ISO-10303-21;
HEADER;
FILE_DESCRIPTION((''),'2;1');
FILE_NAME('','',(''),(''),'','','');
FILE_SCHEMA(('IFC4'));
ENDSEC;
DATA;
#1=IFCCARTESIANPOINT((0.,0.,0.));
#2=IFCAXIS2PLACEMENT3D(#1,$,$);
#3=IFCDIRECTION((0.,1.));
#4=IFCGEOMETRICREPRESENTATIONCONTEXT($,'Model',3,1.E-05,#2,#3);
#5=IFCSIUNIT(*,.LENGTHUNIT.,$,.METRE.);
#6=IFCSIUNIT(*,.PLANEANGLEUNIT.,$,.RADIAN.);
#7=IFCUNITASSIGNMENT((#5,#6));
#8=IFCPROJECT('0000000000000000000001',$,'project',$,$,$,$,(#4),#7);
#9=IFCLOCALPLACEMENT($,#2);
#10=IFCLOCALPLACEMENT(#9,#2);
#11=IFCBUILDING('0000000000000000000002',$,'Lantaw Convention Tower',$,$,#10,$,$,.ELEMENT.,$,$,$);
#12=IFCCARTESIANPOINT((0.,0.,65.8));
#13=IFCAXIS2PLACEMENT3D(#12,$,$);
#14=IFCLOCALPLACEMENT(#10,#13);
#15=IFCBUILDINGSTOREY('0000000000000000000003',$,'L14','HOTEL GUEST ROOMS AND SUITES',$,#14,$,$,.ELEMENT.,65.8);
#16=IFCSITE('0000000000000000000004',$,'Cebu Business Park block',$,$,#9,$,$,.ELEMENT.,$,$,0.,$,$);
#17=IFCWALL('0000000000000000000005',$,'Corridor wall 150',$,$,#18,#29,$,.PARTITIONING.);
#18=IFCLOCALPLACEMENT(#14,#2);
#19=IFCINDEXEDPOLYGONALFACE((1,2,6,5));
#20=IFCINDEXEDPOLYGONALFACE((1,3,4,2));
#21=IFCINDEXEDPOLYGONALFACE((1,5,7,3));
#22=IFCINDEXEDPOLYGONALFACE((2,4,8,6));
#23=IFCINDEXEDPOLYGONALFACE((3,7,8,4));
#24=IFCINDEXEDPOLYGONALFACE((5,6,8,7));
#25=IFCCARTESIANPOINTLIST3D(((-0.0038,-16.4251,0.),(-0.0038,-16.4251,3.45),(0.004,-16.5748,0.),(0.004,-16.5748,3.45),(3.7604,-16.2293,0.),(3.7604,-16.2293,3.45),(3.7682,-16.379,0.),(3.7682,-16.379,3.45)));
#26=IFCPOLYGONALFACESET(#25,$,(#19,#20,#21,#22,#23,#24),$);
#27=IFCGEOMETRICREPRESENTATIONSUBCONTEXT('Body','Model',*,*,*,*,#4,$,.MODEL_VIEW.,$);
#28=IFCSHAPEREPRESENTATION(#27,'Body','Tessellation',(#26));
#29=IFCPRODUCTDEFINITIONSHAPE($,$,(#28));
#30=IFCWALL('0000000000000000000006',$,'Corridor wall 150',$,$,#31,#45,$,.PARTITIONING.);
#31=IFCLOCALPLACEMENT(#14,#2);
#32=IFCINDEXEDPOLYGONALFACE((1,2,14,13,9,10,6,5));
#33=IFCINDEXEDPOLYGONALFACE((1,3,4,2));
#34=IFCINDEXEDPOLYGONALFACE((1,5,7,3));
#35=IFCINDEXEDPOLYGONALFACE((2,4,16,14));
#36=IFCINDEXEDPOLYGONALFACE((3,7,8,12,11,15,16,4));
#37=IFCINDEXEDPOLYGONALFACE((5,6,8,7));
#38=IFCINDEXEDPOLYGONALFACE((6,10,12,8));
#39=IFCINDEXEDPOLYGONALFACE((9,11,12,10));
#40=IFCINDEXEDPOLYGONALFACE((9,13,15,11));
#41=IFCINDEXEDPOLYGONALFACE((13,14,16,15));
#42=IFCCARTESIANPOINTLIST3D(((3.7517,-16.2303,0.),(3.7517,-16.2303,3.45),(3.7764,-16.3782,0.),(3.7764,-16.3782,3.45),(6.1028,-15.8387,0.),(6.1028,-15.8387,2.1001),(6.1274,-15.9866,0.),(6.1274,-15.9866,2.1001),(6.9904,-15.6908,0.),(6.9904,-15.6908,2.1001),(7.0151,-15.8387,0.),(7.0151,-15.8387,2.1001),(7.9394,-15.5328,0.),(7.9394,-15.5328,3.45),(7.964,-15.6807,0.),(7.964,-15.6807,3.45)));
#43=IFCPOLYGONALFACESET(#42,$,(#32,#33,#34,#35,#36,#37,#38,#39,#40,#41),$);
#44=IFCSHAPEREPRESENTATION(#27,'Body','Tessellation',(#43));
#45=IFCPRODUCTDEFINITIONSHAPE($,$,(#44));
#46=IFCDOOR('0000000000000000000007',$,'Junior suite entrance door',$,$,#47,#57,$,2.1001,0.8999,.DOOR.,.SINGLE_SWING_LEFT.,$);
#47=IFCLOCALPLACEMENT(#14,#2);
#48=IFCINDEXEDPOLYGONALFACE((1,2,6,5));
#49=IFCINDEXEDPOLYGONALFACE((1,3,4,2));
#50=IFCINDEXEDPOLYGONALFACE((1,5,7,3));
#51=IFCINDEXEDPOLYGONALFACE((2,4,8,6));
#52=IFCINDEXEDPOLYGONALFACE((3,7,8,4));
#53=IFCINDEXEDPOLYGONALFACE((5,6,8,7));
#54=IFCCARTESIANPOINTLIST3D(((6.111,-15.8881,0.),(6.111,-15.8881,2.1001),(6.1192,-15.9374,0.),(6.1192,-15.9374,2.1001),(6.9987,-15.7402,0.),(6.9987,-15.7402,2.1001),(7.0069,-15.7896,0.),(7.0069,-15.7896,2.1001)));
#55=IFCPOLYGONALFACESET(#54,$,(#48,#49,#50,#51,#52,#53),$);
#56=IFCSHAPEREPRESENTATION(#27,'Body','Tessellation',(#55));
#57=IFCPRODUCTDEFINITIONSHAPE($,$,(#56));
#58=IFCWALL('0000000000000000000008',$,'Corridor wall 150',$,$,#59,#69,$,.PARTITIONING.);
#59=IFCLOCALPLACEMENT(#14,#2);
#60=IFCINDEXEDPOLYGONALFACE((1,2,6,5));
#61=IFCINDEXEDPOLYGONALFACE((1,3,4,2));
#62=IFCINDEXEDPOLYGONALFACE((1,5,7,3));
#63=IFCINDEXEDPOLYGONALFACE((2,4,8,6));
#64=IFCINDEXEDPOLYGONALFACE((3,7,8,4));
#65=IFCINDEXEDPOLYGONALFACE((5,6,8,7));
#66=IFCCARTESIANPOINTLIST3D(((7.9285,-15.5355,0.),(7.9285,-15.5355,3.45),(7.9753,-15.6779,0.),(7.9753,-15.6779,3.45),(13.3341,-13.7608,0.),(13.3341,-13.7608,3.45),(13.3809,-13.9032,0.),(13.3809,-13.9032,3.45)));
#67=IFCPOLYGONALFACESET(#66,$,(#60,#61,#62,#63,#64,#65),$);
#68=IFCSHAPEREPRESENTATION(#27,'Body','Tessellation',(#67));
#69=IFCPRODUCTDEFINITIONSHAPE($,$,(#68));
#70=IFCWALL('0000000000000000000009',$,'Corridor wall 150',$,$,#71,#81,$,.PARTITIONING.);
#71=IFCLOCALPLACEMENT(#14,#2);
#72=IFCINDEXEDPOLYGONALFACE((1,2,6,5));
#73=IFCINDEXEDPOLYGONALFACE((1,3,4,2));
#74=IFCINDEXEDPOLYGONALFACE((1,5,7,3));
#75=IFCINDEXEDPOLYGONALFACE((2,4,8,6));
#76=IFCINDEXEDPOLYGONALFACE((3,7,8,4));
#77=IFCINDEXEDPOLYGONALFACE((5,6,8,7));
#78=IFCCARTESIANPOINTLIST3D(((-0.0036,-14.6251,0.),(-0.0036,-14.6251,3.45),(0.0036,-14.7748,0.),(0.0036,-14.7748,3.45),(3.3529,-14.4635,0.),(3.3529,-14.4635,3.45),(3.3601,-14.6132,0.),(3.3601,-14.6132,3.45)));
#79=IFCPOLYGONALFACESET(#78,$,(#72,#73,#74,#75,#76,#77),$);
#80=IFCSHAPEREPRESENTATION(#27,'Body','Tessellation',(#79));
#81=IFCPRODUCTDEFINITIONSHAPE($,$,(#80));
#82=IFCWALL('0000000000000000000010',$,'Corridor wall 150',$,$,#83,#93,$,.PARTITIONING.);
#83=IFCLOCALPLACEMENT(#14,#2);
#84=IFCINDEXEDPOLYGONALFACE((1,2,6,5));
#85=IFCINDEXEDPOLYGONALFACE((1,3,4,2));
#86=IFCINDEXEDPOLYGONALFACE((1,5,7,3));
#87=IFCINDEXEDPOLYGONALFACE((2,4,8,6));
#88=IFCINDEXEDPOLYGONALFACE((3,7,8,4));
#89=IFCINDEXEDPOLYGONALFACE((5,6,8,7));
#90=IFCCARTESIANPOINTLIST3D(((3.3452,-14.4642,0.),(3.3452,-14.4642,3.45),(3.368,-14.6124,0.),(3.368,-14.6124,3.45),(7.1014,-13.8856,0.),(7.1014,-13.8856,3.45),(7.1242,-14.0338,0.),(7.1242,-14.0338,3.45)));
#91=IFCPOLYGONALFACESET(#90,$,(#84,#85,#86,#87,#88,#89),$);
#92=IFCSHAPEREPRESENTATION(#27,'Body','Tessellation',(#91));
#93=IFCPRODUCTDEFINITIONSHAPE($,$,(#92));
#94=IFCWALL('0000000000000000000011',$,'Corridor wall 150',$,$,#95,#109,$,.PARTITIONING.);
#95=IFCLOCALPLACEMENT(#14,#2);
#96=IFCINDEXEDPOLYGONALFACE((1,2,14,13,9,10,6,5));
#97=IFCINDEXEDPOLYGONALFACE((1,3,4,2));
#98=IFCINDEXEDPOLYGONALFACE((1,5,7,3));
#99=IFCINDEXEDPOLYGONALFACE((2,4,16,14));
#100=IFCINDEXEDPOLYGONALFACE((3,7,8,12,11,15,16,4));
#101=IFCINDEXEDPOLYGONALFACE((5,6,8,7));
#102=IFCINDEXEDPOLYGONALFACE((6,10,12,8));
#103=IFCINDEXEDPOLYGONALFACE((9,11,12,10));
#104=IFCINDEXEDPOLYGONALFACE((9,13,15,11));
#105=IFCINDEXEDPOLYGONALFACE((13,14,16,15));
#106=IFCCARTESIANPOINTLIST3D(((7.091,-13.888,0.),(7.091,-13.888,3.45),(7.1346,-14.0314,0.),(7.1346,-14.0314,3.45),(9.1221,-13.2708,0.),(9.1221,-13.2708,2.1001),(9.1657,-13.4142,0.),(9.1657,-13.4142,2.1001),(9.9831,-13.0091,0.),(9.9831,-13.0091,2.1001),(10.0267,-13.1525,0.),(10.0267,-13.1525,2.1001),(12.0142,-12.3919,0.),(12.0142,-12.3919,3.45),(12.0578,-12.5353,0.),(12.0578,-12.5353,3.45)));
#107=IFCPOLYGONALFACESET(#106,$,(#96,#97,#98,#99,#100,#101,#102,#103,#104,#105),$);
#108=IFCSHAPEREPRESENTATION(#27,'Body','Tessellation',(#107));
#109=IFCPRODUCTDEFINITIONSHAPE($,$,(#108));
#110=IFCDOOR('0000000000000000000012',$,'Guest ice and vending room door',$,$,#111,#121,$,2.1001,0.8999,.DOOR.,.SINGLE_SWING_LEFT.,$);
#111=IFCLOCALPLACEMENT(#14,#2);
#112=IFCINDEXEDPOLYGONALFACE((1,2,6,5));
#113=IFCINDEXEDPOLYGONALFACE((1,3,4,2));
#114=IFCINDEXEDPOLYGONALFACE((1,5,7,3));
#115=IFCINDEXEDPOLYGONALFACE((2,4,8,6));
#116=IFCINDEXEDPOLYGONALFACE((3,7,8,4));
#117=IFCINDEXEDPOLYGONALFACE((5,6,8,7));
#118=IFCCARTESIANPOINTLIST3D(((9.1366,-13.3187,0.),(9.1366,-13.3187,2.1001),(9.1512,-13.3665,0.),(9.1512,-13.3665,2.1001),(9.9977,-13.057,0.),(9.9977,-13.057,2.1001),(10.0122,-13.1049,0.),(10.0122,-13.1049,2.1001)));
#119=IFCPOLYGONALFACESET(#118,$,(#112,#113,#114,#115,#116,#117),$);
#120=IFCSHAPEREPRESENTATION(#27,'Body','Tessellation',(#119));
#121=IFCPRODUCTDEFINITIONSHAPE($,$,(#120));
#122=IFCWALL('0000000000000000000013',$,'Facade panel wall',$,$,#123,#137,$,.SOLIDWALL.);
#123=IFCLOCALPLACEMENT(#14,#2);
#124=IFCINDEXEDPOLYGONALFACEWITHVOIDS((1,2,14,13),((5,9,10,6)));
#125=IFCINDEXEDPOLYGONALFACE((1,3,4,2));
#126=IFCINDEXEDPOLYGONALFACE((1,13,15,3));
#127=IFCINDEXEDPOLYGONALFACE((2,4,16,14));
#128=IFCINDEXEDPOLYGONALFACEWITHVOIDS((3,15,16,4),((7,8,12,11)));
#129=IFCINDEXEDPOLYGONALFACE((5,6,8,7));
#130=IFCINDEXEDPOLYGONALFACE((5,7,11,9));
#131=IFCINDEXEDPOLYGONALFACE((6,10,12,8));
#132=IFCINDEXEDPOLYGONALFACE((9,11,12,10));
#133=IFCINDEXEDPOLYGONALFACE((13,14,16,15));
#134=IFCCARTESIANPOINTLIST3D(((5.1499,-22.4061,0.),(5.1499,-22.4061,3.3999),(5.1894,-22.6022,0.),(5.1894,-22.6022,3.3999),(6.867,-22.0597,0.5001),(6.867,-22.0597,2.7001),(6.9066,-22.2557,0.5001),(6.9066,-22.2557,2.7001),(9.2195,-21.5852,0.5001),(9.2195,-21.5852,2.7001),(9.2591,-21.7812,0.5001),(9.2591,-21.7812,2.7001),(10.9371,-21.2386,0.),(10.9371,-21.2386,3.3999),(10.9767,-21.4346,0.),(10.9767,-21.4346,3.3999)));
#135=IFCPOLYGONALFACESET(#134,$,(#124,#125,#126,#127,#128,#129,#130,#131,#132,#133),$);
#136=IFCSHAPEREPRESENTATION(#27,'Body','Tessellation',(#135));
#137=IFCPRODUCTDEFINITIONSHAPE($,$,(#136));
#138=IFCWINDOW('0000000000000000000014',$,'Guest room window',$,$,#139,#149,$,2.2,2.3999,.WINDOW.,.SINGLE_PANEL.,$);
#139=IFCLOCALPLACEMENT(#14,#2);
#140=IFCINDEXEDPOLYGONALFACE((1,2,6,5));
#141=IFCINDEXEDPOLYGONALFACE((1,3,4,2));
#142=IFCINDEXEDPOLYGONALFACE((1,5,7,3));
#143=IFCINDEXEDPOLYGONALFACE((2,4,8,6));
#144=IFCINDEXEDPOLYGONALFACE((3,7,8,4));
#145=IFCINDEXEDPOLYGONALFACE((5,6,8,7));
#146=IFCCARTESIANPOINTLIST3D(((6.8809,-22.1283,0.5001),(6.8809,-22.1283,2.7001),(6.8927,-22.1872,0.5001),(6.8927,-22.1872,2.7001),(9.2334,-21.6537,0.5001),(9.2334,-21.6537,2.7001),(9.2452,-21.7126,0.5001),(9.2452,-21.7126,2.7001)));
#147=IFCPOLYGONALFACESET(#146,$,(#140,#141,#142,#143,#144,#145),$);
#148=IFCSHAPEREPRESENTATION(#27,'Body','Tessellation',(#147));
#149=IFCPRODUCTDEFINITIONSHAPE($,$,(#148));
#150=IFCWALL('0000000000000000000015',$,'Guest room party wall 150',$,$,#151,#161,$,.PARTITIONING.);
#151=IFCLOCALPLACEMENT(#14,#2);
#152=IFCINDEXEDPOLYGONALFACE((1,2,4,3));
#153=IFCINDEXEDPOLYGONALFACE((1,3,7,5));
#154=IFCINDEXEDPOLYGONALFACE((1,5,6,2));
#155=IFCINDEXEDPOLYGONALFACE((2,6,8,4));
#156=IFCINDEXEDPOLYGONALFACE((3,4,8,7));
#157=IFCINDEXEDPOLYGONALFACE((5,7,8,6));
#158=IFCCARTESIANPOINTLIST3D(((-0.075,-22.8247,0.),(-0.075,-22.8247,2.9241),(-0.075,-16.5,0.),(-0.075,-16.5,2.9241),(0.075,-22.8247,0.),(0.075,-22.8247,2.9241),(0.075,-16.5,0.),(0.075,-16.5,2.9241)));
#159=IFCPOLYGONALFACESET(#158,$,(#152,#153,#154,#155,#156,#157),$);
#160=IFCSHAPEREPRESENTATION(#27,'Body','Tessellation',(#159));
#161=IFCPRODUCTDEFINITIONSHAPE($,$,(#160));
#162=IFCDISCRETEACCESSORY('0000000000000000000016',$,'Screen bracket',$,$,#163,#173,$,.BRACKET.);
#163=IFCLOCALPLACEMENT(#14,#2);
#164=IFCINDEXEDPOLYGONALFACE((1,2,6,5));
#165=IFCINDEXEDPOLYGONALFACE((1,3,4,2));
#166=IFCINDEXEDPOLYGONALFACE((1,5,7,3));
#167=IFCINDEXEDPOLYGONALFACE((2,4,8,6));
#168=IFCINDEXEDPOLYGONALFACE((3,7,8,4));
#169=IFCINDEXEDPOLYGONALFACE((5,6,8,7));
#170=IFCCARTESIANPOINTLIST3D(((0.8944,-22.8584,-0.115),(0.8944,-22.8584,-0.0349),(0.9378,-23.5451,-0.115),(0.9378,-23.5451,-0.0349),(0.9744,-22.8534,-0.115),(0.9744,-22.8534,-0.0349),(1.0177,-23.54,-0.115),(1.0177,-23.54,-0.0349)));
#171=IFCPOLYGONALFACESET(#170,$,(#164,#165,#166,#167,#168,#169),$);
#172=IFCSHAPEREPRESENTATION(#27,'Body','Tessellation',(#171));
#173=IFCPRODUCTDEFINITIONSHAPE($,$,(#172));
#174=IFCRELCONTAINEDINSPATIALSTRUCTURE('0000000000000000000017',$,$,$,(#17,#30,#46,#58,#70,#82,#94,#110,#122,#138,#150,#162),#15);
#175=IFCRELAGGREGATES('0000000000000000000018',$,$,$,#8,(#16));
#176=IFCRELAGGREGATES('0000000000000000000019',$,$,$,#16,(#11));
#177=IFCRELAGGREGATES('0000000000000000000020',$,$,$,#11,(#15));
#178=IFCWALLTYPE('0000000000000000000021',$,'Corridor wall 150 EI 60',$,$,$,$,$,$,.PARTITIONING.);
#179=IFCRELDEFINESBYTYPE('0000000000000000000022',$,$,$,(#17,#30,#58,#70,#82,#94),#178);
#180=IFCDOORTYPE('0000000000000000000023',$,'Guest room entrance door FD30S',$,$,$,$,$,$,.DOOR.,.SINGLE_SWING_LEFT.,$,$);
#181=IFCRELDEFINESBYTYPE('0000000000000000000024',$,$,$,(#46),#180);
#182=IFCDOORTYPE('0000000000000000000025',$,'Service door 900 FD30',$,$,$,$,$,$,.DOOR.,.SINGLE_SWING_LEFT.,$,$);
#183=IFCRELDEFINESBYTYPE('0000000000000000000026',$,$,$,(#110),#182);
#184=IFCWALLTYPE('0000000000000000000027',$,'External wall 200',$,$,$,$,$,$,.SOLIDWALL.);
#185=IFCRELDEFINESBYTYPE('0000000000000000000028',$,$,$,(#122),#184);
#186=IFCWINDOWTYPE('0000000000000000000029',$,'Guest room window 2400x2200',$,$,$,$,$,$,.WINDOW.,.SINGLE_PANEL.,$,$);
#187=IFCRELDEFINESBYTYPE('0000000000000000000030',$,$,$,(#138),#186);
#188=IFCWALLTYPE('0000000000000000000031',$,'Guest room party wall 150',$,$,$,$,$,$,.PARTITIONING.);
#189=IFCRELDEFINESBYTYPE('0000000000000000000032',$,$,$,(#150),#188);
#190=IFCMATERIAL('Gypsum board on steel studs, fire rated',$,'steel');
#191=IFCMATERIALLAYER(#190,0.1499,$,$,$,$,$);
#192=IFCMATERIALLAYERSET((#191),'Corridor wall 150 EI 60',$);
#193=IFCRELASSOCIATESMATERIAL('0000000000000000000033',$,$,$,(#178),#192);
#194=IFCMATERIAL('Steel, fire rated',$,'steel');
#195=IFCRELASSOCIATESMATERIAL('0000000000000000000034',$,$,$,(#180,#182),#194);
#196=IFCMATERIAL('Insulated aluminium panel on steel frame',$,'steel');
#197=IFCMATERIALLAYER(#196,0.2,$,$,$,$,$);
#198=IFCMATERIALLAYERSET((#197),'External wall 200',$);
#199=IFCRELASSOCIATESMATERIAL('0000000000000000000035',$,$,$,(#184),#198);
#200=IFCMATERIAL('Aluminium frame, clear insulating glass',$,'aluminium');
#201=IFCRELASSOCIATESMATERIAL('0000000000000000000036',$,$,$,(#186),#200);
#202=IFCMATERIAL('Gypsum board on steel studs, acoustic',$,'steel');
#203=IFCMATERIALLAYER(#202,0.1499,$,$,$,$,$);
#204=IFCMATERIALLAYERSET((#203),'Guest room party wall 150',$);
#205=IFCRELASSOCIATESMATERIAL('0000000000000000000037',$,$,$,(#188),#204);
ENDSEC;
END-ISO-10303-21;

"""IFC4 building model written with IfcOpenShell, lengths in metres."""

from ifc_helpers import new_model, si_unit, direction, frame, frame_2d, origin, origin_2d, place, context, subcontext, project, spatial, rectangle, extrude, material, layer, layer_set, type_object, element, fill, save


model = new_model("IFC4")

# Units and contexts
model_context = context("Model", 3, precision=1e-05, world=origin(), true_north=direction((0.0, 1.0)))
body_context = subcontext(model_context, "Body", "Model", "MODEL_VIEW")
ifc_project = project(units=[si_unit("LENGTHUNIT", "METRE"), si_unit("PLANEANGLEUNIT", "RADIAN")], contexts=[model_context])

# Site, building, storey
site_placement = place(None, origin())
site = spatial("IfcSite", under=ifc_project, at=site_placement, Name="Cebu Business Park block", CompositionType="ELEMENT", RefElevation=0.0)
building_placement = place(site_placement, origin())
building = spatial("IfcBuilding", under=site, at=building_placement, Name="Lantaw Convention Tower", CompositionType="ELEMENT")
storey_placement = place(building_placement, frame((0.0, 0.0, 65.8)))
storey = spatial("IfcBuildingStorey", under=building, at=storey_placement, Name="L14", Description="HOTEL GUEST ROOMS AND SUITES", CompositionType="ELEMENT", Elevation=65.8)

# Wall
ifc_material_1 = material(Name="Gypsum board on steel studs, fire rated", Category="steel")
ifc_layer_1 = layer(ifc_material_1, 0.1499)
ifc_layer_set_1 = layer_set([ifc_layer_1], Name="Corridor wall 150 EI 60")
wall_type_1 = type_object("IfcWallType", Name="Corridor wall 150 EI 60", PredefinedType="PARTITIONING", material=ifc_layer_set_1)
wall_1_placement = place(storey_placement, frame((0.0, -16.5, 0.0), z_axis=(0.0, 0.0, 1.0), x_axis=(0.99865, 0.051947, 0.0)))
element("IfcWall", 1, at=wall_1_placement, inside=storey, type_object=wall_type_1, Name="Corridor wall 150", PredefinedType="PARTITIONING", context=body_context, shape_type="SweptSolid", body=[
    extrude(rectangle(XDim=3.7693, YDim=0.1499, at=frame_2d((1.8848, 0.0))), origin(), (0.0, 0.0, 1.0), 3.45),
])

# Wall, opening, door
wall_2_placement = place(storey_placement, frame((3.7642, -16.3042, 0.0), z_axis=(0.0, 0.0, 1.0), x_axis=(0.986411, 0.164296, 0.0)))
wall_2 = element("IfcWall", 2, at=wall_2_placement, inside=storey, type_object=wall_type_1, Name="Corridor wall 150", PredefinedType="PARTITIONING", context=body_context, shape_type="SweptSolid", body=[
    extrude(rectangle(XDim=4.2454, YDim=0.1499, at=frame_2d((2.1226, 0.0))), origin(), (0.0, 0.0, 1.0), 3.45),
])
opening_1_placement = place(wall_2_placement, frame((2.3833, 0.0, 0.0)))
opening_1 = element("IfcOpeningElement", 3, at=opening_1_placement, cuts=wall_2, PredefinedType="OPENING", context=body_context, shape_type="SweptSolid", body=[
    extrude(rectangle(XDim=0.8999, YDim=2.1001, at=frame_2d((0.45, 1.05))), frame((0.0, 0.085, 0.0), z_axis=(0.0, -1.0, 0.0), x_axis=(1.0, 0.0, 0.0)), (0.0, 0.0, 1.0), 0.1699),
])
ifc_material_2 = material(Name="Steel, fire rated", Category="steel")
door_type_1 = type_object("IfcDoorType", Name="Guest room entrance door FD30S", OperationType="SINGLE_SWING_LEFT", PredefinedType="DOOR", material=ifc_material_2)
door_1_placement = place(opening_1_placement, origin())
door_1 = element("IfcDoor", 4, at=door_1_placement, inside=storey, type_object=door_type_1, Name="Junior suite entrance door", OperationType="SINGLE_SWING_LEFT", OverallHeight=2.1001, OverallWidth=0.8999, PredefinedType="DOOR", context=body_context, shape_type="SweptSolid", body=[
    extrude(rectangle(XDim=0.8999, YDim=2.1001, at=frame_2d((0.45, 1.05))), frame((0.0, 0.0249, 0.0), z_axis=(0.0, -1.0, 0.0), x_axis=(1.0, 0.0, 0.0)), (0.0, 0.0, 1.0), 0.05),
])
fill(opening_1, door_1)

# Walls
wall_3_placement = place(storey_placement, frame((7.9519, -15.6067, 0.0), z_axis=(0.0, 0.0, 1.0), x_axis=(0.950107, 0.311925, 0.0)))
element("IfcWall", 5, at=wall_3_placement, inside=storey, type_object=wall_type_1, Name="Corridor wall 150", PredefinedType="PARTITIONING", context=body_context, shape_type="SweptSolid", body=[
    extrude(rectangle(XDim=5.6895, YDim=0.1499, at=frame_2d((2.8447, 0.0))), origin(), (0.0, 0.0, 1.0), 3.45),
])
wall_4_placement = place(storey_placement, frame((0.0, -14.7, 0.0), z_axis=(0.0, 0.0, 1.0), x_axis=(0.998843, 0.048097, 0.0)))
element("IfcWall", 6, at=wall_4_placement, inside=storey, type_object=wall_type_1, Name="Corridor wall 150", PredefinedType="PARTITIONING", context=body_context, shape_type="SweptSolid", body=[
    extrude(rectangle(XDim=3.3604, YDim=0.1499, at=frame_2d((1.6802, 0.0))), origin(), (0.0, 0.0, 1.0), 3.45),
])
wall_5_placement = place(storey_placement, frame((3.3564, -14.5383, 0.0), z_axis=(0.0, 0.0, 1.0), x_axis=(0.988343, 0.152241, 0.0)))
element("IfcWall", 7, at=wall_5_placement, inside=storey, type_object=wall_type_1, Name="Corridor wall 150", PredefinedType="PARTITIONING", context=body_context, shape_type="SweptSolid", body=[
    extrude(rectangle(XDim=3.8005, YDim=0.1499, at=frame_2d((1.9004, 0.0))), origin(), (0.0, 0.0, 1.0), 3.45),
])

# Wall, opening, door
wall_6_placement = place(storey_placement, frame((7.1128, -13.9597, 0.0), z_axis=(0.0, 0.0, 1.0), x_axis=(0.956795, 0.290763, 0.0)))
wall_6 = element("IfcWall", 8, at=wall_6_placement, inside=storey, type_object=wall_type_1, Name="Corridor wall 150", PredefinedType="PARTITIONING", context=body_context, shape_type="SweptSolid", body=[
    extrude(rectangle(XDim=5.1455, YDim=0.1499, at=frame_2d((2.5728, 0.0))), origin(), (0.0, 0.0, 1.0), 3.45),
])
opening_2_placement = place(wall_6_placement, frame((2.1228, 0.0, 0.0)))
opening_2 = element("IfcOpeningElement", 9, at=opening_2_placement, cuts=wall_6, PredefinedType="OPENING", context=body_context, shape_type="SweptSolid", body=[
    extrude(rectangle(XDim=0.8999, YDim=2.1001, at=frame_2d((0.45, 1.05))), frame((0.0, 0.085, 0.0), z_axis=(0.0, -1.0, 0.0), x_axis=(1.0, 0.0, 0.0)), (0.0, 0.0, 1.0), 0.1699),
])
door_type_2 = type_object("IfcDoorType", Name="Service door 900 FD30", OperationType="SINGLE_SWING_LEFT", PredefinedType="DOOR", material=ifc_material_2)
door_2_placement = place(opening_2_placement, origin())
door_2 = element("IfcDoor", 10, at=door_2_placement, inside=storey, type_object=door_type_2, Name="Guest ice and vending room door", OperationType="SINGLE_SWING_LEFT", OverallHeight=2.1001, OverallWidth=0.8999, PredefinedType="DOOR", context=body_context, shape_type="SweptSolid", body=[
    extrude(rectangle(XDim=0.8999, YDim=2.1001, at=frame_2d((0.45, 1.05))), frame((0.0, 0.0249, 0.0), z_axis=(0.0, -1.0, 0.0), x_axis=(1.0, 0.0, 0.0)), (0.0, 0.0, 1.0), 0.05),
])
fill(opening_2, door_2)

# Wall, opening, window
ifc_material_3 = material(Name="Insulated aluminium panel on steel frame", Category="steel")
ifc_layer_2 = layer(ifc_material_3, 0.2)
ifc_layer_set_2 = layer_set([ifc_layer_2], Name="External wall 200")
wall_type_2 = type_object("IfcWallType", Name="External wall 200", PredefinedType="SOLIDWALL", material=ifc_layer_set_2)
wall_7_placement = place(storey_placement, frame((5.1697, -22.5042, 0.0), z_axis=(0.0, 0.0, 1.0), x_axis=(0.980252, 0.197754, 0.0)))
wall_7 = element("IfcWall", 11, at=wall_7_placement, inside=storey, type_object=wall_type_2, Name="Facade panel wall", PredefinedType="SOLIDWALL", context=body_context, shape_type="SweptSolid", body=[
    extrude(rectangle(XDim=5.9038, YDim=0.2, at=frame_2d((2.9519, 0.0))), origin(), (0.0, 0.0, 1.0), 3.3999),
])
opening_3_placement = place(wall_7_placement, frame((1.7517, 0.0, 0.5)))
opening_3 = element("IfcOpeningElement", 12, at=opening_3_placement, cuts=wall_7, PredefinedType="OPENING", context=body_context, shape_type="SweptSolid", body=[
    extrude(rectangle(XDim=2.3999, YDim=2.2, at=frame_2d((1.2, 1.1001))), frame((0.0, 0.1099, 0.0), z_axis=(0.0, -1.0, 0.0), x_axis=(1.0, 0.0, 0.0)), (0.0, 0.0, 1.0), 0.22),
])
ifc_material_4 = material(Name="Aluminium frame, clear insulating glass", Category="aluminium")
window_type = type_object("IfcWindowType", Name="Guest room window 2400x2200", PartitioningType="SINGLE_PANEL", PredefinedType="WINDOW", material=ifc_material_4)
window_placement = place(opening_3_placement, origin())
window = element("IfcWindow", 13, at=window_placement, inside=storey, type_object=window_type, Name="Guest room window", OverallHeight=2.2, OverallWidth=2.3999, PartitioningType="SINGLE_PANEL", PredefinedType="WINDOW", context=body_context, shape_type="SweptSolid", body=[
    extrude(rectangle(XDim=2.3999, YDim=2.2, at=frame_2d((1.2, 1.1001))), frame((0.0, 0.03, 0.0), z_axis=(0.0, -1.0, 0.0), x_axis=(1.0, 0.0, 0.0)), (0.0, 0.0, 1.0), 0.0601),
])
fill(opening_3, window)

# Wall
ifc_material_5 = material(Name="Gypsum board on steel studs, acoustic", Category="steel")
ifc_layer_3 = layer(ifc_material_5, 0.1499)
ifc_layer_set_3 = layer_set([ifc_layer_3], Name="Guest room party wall 150")
wall_type_3 = type_object("IfcWallType", Name="Guest room party wall 150", PredefinedType="PARTITIONING", material=ifc_layer_set_3)
wall_8_placement = place(storey_placement, frame((0.0, -22.8247, 0.0), z_axis=(0.0, 0.0, 1.0), x_axis=(0.0, 1.0, 0.0)))
element("IfcWall", 14, at=wall_8_placement, inside=storey, type_object=wall_type_3, Name="Guest room party wall 150", PredefinedType="PARTITIONING", context=body_context, shape_type="SweptSolid", body=[
    extrude(rectangle(XDim=6.3247, YDim=0.1499, at=frame_2d((3.1624, 0.0))), origin(), (0.0, 0.0, 1.0), 2.9241),
])

# Discrete accessory
for number, where, z_axis, x_axis, name in (
    (15, (0.9561, -23.1992, -0.115), (0.0, 0.0, 1.0), (0.998016, 0.062958, 0.0), "Screen bracket"),
):
    element("IfcDiscreteAccessory", number, at=place(storey_placement, frame(where, z_axis=z_axis, x_axis=x_axis)), inside=storey, Name=name, PredefinedType="BRACKET", context=body_context, shape_type="SweptSolid", body=[
        extrude(rectangle(XDim=0.0801, YDim=0.688, at=origin_2d()), origin(), (0.0, 0.0, 1.0), 0.0801),
    ])

save(model, "model.ifc")
